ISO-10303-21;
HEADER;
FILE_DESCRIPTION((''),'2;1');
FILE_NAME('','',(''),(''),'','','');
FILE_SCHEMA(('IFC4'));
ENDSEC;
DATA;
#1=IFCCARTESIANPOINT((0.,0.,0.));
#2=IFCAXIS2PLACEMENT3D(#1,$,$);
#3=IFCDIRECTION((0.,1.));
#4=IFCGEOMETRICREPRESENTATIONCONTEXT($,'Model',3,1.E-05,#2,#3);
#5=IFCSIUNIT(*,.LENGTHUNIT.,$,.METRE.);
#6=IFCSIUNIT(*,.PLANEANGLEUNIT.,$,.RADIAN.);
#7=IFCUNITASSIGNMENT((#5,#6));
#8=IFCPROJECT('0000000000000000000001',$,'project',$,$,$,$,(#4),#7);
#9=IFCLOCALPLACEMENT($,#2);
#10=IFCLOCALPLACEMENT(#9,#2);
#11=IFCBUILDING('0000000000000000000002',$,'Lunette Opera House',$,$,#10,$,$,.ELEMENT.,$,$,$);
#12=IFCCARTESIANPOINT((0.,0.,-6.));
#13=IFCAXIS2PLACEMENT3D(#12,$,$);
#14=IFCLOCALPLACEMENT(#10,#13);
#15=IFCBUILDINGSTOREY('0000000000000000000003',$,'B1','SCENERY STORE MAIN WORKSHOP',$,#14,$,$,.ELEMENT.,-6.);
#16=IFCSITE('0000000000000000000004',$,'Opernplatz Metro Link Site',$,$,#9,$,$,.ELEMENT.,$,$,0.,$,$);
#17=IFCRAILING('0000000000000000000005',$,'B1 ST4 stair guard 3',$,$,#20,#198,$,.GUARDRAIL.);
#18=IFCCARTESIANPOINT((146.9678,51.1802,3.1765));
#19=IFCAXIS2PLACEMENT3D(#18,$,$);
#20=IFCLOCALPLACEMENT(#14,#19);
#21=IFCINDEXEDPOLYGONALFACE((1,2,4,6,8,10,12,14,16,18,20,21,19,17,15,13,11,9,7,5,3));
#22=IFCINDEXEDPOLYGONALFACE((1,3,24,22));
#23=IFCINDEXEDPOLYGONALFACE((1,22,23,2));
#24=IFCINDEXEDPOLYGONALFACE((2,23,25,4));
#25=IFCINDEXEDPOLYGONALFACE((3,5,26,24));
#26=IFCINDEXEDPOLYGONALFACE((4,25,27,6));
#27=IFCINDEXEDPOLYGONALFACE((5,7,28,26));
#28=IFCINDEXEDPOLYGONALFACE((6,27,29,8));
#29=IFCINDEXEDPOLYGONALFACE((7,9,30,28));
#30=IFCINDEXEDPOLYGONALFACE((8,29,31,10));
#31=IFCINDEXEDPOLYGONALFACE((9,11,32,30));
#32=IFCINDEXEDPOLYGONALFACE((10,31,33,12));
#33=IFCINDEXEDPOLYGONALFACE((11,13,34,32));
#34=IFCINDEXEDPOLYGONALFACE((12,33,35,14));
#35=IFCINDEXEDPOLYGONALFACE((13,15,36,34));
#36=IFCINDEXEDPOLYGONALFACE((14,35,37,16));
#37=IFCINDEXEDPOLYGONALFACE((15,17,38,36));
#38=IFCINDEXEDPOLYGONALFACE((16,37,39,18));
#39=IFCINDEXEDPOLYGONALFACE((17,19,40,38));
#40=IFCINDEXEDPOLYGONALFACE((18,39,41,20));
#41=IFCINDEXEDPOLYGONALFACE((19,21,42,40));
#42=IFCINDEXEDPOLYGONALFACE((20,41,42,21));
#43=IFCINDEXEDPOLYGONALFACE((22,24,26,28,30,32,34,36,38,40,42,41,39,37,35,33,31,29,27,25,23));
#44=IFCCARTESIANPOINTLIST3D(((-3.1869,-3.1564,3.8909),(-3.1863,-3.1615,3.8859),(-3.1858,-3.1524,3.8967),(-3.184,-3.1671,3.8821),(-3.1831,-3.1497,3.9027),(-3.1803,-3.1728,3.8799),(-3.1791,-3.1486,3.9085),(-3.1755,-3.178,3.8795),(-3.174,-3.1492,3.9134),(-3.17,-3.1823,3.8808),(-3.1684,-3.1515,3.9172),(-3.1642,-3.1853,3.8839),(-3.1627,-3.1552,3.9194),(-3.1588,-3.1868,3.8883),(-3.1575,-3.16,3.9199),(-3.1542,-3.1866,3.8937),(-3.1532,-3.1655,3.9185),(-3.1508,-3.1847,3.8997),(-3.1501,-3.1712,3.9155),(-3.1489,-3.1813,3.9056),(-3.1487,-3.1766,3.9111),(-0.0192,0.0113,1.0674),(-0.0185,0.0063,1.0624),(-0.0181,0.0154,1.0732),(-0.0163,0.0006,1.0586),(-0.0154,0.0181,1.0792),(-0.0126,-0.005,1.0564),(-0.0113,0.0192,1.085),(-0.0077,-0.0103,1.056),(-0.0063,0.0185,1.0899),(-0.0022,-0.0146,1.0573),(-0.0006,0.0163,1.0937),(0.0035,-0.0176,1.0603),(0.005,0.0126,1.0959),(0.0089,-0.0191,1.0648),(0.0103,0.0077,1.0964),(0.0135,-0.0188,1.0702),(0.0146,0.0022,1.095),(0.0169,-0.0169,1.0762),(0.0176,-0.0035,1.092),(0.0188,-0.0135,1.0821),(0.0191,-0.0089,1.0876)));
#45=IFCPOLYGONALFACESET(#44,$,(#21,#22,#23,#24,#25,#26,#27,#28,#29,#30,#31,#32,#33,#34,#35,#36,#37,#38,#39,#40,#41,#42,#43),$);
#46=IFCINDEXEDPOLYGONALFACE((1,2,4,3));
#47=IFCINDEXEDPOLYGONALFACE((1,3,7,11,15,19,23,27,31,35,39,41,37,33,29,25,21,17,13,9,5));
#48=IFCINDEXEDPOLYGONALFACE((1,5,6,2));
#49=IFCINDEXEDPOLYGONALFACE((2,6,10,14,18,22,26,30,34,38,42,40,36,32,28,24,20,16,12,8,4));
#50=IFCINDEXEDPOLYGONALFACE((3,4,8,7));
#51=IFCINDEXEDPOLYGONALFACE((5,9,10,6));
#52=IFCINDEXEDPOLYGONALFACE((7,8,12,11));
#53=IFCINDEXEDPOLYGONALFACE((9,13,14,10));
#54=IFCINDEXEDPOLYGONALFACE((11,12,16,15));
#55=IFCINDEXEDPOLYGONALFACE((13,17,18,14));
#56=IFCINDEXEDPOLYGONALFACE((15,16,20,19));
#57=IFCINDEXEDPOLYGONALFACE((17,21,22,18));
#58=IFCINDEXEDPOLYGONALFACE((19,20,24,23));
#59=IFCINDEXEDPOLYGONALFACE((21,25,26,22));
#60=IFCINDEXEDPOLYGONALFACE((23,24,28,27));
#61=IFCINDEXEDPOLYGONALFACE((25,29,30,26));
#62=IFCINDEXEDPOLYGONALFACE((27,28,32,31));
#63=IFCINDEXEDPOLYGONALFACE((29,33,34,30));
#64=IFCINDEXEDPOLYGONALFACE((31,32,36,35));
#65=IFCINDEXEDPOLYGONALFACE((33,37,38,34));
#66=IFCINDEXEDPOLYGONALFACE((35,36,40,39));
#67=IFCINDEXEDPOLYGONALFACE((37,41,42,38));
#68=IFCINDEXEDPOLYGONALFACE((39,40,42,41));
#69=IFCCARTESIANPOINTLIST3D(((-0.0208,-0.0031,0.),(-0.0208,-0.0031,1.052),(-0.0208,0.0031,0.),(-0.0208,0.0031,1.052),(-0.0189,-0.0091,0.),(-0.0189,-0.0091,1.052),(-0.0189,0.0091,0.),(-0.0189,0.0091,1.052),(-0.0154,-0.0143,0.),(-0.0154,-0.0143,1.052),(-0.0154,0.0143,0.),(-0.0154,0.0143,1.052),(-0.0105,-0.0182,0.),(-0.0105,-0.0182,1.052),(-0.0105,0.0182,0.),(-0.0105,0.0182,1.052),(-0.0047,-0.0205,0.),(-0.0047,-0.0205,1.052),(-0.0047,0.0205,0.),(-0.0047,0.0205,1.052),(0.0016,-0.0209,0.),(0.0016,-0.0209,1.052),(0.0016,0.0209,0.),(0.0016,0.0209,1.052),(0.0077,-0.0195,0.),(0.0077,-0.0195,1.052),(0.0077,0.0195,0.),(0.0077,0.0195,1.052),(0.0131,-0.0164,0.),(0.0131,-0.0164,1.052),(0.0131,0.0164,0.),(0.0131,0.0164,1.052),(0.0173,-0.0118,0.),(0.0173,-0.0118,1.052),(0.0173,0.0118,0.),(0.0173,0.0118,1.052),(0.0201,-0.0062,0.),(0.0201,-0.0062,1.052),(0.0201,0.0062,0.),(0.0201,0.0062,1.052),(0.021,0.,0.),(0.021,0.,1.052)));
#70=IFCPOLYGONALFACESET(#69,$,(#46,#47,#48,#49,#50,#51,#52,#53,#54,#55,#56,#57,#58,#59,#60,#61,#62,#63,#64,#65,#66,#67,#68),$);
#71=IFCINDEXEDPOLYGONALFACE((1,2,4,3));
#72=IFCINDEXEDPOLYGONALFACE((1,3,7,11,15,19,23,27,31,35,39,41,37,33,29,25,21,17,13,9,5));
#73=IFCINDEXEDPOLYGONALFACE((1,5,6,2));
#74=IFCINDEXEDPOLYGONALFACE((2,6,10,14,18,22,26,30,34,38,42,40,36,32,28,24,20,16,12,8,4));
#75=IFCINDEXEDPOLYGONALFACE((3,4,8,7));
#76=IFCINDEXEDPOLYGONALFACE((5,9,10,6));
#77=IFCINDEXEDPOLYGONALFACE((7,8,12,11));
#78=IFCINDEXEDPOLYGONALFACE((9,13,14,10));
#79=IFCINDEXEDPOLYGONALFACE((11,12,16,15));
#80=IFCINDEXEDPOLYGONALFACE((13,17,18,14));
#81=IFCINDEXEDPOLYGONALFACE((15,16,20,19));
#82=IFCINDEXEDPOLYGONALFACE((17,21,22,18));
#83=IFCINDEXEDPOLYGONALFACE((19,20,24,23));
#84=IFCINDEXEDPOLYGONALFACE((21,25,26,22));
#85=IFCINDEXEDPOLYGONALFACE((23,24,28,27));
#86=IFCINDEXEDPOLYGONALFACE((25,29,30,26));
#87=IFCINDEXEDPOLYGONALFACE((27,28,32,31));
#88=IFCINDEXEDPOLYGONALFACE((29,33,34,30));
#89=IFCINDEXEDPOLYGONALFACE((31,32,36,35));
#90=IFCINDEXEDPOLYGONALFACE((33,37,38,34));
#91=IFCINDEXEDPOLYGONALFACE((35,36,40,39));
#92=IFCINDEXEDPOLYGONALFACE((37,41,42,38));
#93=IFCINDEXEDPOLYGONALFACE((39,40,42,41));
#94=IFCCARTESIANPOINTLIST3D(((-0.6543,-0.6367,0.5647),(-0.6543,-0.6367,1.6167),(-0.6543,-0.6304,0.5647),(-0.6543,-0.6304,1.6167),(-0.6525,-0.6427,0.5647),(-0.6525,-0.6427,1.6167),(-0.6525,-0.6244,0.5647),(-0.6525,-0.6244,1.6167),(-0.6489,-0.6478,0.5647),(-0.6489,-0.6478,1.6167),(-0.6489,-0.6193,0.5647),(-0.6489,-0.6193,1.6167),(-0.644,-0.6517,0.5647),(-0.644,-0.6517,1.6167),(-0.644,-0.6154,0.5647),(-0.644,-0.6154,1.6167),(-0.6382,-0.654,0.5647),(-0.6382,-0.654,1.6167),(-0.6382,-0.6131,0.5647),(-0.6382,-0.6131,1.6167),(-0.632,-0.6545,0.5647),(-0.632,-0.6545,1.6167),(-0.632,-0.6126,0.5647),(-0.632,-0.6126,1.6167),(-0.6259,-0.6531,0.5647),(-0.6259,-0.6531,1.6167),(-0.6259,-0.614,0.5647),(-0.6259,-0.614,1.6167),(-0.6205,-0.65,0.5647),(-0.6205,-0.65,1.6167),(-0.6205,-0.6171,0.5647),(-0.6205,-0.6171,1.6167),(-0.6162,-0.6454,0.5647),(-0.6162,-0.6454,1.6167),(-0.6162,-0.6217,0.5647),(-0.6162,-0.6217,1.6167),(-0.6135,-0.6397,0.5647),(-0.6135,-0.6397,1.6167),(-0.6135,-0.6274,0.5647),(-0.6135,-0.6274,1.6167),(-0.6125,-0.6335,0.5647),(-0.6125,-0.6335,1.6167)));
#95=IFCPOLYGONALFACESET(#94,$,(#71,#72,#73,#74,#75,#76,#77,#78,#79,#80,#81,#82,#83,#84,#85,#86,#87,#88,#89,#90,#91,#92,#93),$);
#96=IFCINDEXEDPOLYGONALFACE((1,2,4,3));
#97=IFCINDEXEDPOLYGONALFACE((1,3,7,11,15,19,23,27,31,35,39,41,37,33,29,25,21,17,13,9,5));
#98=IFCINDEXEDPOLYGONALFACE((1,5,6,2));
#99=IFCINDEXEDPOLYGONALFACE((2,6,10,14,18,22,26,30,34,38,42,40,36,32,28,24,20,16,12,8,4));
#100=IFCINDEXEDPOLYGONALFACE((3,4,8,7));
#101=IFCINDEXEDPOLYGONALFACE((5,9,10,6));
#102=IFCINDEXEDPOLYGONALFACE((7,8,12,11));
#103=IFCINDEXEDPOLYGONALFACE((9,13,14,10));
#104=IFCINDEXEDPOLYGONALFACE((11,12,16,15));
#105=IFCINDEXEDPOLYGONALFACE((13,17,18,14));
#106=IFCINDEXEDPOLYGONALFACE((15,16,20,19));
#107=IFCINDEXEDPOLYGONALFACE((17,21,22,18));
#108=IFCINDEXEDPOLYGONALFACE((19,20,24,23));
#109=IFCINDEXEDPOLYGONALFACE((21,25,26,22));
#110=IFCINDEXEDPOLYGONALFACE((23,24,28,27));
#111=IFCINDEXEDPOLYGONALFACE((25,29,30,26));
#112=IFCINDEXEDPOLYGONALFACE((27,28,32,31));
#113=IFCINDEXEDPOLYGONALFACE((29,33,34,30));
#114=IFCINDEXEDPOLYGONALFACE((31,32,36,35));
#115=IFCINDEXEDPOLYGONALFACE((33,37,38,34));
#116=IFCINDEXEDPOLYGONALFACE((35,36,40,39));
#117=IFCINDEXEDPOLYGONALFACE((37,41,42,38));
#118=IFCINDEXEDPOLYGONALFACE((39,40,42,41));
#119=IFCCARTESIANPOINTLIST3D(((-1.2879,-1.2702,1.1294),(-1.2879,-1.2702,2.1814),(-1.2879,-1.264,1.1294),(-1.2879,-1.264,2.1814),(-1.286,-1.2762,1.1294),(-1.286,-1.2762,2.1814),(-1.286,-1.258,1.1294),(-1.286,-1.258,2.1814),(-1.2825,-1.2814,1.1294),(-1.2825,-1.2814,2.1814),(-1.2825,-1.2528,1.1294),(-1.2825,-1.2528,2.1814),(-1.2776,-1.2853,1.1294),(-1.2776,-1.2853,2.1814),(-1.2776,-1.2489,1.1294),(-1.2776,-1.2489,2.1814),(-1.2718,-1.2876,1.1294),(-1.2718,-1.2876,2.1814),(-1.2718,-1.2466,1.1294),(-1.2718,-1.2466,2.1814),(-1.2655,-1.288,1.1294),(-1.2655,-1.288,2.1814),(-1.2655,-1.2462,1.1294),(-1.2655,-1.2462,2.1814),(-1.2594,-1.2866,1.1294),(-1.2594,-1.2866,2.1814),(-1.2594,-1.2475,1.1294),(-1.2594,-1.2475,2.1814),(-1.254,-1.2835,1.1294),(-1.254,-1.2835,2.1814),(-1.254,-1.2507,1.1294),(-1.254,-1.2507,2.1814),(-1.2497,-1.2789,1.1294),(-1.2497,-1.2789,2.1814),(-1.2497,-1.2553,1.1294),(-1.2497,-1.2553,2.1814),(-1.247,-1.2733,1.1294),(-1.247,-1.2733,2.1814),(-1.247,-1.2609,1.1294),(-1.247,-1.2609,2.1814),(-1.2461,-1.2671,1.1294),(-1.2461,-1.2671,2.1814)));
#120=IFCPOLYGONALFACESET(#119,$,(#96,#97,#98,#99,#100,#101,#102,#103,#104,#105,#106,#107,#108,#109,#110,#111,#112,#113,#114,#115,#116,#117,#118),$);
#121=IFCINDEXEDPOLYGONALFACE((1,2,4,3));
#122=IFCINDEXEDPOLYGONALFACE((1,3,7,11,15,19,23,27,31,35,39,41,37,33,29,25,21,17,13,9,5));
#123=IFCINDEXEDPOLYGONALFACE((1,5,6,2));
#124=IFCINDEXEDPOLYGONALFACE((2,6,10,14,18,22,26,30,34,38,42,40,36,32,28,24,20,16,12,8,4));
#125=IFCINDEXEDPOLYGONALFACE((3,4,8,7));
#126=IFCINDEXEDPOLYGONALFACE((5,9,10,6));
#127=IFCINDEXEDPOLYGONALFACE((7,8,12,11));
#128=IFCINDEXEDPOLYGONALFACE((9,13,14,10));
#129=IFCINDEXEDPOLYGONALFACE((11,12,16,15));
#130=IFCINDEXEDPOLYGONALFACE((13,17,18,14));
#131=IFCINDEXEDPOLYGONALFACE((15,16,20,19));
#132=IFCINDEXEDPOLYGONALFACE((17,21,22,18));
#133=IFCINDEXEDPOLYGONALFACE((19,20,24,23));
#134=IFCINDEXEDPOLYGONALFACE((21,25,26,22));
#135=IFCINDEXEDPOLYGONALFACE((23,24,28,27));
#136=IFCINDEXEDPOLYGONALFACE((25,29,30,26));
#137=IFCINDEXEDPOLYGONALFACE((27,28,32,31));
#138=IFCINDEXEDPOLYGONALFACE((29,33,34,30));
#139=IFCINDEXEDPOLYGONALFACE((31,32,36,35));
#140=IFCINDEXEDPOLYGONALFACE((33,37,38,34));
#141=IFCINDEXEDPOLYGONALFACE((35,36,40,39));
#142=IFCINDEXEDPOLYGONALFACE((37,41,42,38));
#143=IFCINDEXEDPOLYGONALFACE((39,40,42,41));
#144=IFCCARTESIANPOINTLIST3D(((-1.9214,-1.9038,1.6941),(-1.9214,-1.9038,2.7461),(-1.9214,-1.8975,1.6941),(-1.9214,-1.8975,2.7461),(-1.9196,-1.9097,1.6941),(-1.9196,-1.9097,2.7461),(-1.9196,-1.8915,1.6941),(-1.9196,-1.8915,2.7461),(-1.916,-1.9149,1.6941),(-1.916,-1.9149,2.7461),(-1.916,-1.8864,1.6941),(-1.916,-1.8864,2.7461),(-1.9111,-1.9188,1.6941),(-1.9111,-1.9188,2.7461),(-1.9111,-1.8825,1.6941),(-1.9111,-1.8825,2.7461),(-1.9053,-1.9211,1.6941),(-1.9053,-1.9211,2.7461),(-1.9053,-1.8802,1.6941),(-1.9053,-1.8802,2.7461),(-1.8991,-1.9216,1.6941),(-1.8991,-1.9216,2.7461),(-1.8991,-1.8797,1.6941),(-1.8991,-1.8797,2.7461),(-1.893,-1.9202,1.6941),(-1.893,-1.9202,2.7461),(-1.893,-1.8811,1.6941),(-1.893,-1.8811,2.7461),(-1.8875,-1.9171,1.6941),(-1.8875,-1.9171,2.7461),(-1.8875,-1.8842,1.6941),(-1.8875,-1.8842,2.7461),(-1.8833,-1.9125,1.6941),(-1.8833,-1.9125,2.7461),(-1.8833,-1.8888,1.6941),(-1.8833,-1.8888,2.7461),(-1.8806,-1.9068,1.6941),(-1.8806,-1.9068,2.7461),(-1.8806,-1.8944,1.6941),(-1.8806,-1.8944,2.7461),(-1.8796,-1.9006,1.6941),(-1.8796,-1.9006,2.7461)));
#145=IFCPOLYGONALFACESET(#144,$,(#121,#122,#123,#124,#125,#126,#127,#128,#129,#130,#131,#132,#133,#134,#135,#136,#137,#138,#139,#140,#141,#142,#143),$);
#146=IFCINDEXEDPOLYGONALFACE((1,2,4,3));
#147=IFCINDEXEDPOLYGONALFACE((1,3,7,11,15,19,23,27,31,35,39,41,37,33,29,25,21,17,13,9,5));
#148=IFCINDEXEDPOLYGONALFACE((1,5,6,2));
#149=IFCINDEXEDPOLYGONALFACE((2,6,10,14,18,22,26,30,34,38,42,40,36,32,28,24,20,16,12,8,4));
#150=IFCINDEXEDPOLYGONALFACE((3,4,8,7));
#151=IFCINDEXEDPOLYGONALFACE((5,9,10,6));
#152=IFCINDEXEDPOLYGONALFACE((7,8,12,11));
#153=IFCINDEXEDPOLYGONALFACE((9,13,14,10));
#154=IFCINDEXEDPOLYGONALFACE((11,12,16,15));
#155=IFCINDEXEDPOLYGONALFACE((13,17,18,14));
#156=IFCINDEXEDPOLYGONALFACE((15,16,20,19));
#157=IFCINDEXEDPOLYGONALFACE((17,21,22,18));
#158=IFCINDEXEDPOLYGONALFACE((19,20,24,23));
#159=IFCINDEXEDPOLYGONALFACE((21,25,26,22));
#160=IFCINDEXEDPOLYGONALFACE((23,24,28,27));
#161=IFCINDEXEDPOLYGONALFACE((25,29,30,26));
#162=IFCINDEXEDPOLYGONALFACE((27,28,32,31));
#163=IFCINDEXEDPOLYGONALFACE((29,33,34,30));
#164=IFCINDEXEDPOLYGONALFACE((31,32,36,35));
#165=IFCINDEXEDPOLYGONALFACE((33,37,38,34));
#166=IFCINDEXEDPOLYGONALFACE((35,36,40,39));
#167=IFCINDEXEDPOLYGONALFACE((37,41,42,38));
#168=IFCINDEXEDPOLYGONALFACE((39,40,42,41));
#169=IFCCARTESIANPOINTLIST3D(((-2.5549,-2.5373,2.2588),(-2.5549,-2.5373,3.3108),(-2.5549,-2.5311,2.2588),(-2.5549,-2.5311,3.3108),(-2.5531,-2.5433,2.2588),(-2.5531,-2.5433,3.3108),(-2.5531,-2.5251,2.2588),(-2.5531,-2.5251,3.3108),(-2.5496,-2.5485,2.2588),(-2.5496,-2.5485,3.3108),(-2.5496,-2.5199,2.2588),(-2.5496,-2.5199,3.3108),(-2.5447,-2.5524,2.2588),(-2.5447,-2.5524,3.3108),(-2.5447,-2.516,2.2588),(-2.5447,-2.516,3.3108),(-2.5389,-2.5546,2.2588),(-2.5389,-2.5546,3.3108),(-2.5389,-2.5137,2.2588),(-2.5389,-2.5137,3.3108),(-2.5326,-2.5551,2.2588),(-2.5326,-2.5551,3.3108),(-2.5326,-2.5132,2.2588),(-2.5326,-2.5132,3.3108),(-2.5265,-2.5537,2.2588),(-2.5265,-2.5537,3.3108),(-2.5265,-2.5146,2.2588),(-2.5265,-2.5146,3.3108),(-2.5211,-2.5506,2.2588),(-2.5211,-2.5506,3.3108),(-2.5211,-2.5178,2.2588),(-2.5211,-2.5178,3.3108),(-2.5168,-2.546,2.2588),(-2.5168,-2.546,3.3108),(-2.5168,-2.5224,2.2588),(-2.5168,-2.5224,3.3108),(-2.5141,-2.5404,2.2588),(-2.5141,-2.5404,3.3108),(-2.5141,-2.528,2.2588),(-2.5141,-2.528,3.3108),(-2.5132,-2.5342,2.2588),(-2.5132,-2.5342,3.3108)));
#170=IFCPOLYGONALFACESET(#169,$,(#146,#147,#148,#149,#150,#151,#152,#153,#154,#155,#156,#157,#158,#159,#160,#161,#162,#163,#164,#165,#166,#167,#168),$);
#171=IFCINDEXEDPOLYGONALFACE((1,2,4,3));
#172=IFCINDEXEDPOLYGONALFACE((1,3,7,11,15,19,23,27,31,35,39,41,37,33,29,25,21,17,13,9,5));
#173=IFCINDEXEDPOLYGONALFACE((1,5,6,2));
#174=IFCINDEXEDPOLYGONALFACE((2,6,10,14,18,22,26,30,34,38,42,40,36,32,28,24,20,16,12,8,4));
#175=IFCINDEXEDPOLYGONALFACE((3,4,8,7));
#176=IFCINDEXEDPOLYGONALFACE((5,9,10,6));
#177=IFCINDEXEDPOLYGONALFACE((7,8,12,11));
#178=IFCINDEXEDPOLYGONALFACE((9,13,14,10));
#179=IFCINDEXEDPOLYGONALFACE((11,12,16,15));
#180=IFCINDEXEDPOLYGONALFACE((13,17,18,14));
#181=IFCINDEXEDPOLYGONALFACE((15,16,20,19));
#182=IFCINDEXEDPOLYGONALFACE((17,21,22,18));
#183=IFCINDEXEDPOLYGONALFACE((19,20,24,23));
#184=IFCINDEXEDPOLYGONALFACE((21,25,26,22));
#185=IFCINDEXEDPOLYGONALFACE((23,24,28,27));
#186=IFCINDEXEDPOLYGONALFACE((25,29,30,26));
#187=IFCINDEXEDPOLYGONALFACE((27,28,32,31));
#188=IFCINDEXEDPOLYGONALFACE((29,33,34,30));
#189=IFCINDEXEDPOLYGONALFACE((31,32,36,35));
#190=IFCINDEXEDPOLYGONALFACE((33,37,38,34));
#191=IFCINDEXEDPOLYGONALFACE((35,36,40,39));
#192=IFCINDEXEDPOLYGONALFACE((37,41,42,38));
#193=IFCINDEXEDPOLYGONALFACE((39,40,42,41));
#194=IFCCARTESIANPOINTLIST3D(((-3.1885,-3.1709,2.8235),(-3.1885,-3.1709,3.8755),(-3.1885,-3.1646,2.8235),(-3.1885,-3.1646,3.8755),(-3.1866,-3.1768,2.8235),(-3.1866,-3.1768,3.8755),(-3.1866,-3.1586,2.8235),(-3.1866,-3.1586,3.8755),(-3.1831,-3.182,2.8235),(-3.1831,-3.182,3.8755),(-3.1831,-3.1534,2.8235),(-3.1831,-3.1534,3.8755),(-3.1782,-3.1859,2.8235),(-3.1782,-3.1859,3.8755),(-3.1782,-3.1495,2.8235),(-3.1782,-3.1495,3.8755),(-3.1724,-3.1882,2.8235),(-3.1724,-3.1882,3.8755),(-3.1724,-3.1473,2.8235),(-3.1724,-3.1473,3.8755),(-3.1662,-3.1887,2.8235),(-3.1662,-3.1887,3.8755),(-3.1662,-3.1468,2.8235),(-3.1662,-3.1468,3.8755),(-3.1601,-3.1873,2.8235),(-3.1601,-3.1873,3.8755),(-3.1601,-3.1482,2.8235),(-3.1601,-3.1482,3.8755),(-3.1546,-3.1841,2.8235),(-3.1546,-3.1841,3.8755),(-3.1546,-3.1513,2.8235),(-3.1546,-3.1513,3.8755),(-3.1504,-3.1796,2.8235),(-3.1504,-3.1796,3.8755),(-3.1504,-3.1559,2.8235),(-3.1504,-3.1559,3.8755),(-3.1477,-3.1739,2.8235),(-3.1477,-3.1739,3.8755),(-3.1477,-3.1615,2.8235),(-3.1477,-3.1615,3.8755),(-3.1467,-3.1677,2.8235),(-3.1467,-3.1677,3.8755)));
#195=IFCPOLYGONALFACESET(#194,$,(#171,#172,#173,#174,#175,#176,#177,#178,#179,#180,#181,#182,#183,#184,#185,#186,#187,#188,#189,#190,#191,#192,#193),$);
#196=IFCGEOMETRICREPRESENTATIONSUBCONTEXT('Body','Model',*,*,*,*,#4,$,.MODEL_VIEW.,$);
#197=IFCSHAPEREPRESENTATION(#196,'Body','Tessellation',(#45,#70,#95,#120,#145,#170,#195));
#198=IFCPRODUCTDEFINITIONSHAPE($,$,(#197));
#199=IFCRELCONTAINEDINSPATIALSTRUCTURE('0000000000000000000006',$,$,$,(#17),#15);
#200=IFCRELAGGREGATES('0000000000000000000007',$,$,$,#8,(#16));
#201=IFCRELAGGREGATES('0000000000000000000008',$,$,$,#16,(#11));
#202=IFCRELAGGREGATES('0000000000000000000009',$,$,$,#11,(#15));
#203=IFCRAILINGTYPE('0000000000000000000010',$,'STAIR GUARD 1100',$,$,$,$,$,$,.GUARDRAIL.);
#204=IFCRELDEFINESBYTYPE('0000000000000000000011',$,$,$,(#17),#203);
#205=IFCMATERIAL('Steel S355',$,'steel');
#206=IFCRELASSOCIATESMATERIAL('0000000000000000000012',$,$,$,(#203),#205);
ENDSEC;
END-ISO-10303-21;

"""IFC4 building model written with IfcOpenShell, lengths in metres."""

from ifc_helpers import new_model, si_unit, direction, frame, origin, origin_2d, place, context, subcontext, project, spatial, circle, extrude, material, type_object, element, save


model = new_model("IFC4")

# Units and contexts
model_context = context("Model", 3, precision=1e-05, world=origin(), true_north=direction((0.0, 1.0)))
body_context = subcontext(model_context, "Body", "Model", "MODEL_VIEW")
ifc_project = project(units=[si_unit("LENGTHUNIT", "METRE"), si_unit("PLANEANGLEUNIT", "RADIAN")], contexts=[model_context])

# Site, building, storey
site_placement = place(None, origin())
site = spatial("IfcSite", under=ifc_project, at=site_placement, Name="Opernplatz Metro Link Site", CompositionType="ELEMENT", RefElevation=0.0)
building_placement = place(site_placement, origin())
building = spatial("IfcBuilding", under=site, at=building_placement, Name="Lunette Opera House", CompositionType="ELEMENT")
storey_placement = place(building_placement, frame((0.0, 0.0, -6.0)))
storey = spatial("IfcBuildingStorey", under=building, at=storey_placement, Name="B1", Description="SCENERY STORE MAIN WORKSHOP", CompositionType="ELEMENT", Elevation=-6.0)

# Railing
ifc_material_1 = material(Name="Steel S355", Category="steel")
railing_type_1 = type_object("IfcRailingType", Name="STAIR GUARD 1100", PredefinedType="GUARDRAIL", material=ifc_material_1)
railing_1_placement = place(storey_placement, frame((146.9678, 51.1802, 3.1765)))
element("IfcRailing", 1, at=railing_1_placement, inside=storey, type_object=railing_type_1, Name="B1 ST4 stair guard 3", PredefinedType="GUARDRAIL", context=body_context, shape_type="SweptSolid", body=[
    extrude(circle(Radius=0.0239, at=origin_2d()), frame((0.0, 0.0, 1.0762), z_axis=(-0.598206, -0.598206, 0.533198), x_axis=(0.707107, -0.707107, 0.0)), (0.0, 0.0, 1.0), 5.2954),
    extrude(circle(Radius=0.021, at=origin_2d()), origin(), (0.0, 0.0, 1.0), 1.052),
    extrude(circle(Radius=0.021, at=origin_2d()), frame((-0.6335, -0.6335, 0.5647)), (0.0, 0.0, 1.0), 1.052),
    extrude(circle(Radius=0.021, at=origin_2d()), frame((-1.2671, -1.2671, 1.1294)), (0.0, 0.0, 1.0), 1.052),
    extrude(circle(Radius=0.021, at=origin_2d()), frame((-1.9006, -1.9006, 1.6941)), (0.0, 0.0, 1.0), 1.052),
    extrude(circle(Radius=0.021, at=origin_2d()), frame((-2.5342, -2.5342, 2.2588)), (0.0, 0.0, 1.0), 1.052),
    extrude(circle(Radius=0.021, at=origin_2d()), frame((-3.1677, -3.1677, 2.8235)), (0.0, 0.0, 1.0), 1.052),
])

save(model, "model.ifc")
